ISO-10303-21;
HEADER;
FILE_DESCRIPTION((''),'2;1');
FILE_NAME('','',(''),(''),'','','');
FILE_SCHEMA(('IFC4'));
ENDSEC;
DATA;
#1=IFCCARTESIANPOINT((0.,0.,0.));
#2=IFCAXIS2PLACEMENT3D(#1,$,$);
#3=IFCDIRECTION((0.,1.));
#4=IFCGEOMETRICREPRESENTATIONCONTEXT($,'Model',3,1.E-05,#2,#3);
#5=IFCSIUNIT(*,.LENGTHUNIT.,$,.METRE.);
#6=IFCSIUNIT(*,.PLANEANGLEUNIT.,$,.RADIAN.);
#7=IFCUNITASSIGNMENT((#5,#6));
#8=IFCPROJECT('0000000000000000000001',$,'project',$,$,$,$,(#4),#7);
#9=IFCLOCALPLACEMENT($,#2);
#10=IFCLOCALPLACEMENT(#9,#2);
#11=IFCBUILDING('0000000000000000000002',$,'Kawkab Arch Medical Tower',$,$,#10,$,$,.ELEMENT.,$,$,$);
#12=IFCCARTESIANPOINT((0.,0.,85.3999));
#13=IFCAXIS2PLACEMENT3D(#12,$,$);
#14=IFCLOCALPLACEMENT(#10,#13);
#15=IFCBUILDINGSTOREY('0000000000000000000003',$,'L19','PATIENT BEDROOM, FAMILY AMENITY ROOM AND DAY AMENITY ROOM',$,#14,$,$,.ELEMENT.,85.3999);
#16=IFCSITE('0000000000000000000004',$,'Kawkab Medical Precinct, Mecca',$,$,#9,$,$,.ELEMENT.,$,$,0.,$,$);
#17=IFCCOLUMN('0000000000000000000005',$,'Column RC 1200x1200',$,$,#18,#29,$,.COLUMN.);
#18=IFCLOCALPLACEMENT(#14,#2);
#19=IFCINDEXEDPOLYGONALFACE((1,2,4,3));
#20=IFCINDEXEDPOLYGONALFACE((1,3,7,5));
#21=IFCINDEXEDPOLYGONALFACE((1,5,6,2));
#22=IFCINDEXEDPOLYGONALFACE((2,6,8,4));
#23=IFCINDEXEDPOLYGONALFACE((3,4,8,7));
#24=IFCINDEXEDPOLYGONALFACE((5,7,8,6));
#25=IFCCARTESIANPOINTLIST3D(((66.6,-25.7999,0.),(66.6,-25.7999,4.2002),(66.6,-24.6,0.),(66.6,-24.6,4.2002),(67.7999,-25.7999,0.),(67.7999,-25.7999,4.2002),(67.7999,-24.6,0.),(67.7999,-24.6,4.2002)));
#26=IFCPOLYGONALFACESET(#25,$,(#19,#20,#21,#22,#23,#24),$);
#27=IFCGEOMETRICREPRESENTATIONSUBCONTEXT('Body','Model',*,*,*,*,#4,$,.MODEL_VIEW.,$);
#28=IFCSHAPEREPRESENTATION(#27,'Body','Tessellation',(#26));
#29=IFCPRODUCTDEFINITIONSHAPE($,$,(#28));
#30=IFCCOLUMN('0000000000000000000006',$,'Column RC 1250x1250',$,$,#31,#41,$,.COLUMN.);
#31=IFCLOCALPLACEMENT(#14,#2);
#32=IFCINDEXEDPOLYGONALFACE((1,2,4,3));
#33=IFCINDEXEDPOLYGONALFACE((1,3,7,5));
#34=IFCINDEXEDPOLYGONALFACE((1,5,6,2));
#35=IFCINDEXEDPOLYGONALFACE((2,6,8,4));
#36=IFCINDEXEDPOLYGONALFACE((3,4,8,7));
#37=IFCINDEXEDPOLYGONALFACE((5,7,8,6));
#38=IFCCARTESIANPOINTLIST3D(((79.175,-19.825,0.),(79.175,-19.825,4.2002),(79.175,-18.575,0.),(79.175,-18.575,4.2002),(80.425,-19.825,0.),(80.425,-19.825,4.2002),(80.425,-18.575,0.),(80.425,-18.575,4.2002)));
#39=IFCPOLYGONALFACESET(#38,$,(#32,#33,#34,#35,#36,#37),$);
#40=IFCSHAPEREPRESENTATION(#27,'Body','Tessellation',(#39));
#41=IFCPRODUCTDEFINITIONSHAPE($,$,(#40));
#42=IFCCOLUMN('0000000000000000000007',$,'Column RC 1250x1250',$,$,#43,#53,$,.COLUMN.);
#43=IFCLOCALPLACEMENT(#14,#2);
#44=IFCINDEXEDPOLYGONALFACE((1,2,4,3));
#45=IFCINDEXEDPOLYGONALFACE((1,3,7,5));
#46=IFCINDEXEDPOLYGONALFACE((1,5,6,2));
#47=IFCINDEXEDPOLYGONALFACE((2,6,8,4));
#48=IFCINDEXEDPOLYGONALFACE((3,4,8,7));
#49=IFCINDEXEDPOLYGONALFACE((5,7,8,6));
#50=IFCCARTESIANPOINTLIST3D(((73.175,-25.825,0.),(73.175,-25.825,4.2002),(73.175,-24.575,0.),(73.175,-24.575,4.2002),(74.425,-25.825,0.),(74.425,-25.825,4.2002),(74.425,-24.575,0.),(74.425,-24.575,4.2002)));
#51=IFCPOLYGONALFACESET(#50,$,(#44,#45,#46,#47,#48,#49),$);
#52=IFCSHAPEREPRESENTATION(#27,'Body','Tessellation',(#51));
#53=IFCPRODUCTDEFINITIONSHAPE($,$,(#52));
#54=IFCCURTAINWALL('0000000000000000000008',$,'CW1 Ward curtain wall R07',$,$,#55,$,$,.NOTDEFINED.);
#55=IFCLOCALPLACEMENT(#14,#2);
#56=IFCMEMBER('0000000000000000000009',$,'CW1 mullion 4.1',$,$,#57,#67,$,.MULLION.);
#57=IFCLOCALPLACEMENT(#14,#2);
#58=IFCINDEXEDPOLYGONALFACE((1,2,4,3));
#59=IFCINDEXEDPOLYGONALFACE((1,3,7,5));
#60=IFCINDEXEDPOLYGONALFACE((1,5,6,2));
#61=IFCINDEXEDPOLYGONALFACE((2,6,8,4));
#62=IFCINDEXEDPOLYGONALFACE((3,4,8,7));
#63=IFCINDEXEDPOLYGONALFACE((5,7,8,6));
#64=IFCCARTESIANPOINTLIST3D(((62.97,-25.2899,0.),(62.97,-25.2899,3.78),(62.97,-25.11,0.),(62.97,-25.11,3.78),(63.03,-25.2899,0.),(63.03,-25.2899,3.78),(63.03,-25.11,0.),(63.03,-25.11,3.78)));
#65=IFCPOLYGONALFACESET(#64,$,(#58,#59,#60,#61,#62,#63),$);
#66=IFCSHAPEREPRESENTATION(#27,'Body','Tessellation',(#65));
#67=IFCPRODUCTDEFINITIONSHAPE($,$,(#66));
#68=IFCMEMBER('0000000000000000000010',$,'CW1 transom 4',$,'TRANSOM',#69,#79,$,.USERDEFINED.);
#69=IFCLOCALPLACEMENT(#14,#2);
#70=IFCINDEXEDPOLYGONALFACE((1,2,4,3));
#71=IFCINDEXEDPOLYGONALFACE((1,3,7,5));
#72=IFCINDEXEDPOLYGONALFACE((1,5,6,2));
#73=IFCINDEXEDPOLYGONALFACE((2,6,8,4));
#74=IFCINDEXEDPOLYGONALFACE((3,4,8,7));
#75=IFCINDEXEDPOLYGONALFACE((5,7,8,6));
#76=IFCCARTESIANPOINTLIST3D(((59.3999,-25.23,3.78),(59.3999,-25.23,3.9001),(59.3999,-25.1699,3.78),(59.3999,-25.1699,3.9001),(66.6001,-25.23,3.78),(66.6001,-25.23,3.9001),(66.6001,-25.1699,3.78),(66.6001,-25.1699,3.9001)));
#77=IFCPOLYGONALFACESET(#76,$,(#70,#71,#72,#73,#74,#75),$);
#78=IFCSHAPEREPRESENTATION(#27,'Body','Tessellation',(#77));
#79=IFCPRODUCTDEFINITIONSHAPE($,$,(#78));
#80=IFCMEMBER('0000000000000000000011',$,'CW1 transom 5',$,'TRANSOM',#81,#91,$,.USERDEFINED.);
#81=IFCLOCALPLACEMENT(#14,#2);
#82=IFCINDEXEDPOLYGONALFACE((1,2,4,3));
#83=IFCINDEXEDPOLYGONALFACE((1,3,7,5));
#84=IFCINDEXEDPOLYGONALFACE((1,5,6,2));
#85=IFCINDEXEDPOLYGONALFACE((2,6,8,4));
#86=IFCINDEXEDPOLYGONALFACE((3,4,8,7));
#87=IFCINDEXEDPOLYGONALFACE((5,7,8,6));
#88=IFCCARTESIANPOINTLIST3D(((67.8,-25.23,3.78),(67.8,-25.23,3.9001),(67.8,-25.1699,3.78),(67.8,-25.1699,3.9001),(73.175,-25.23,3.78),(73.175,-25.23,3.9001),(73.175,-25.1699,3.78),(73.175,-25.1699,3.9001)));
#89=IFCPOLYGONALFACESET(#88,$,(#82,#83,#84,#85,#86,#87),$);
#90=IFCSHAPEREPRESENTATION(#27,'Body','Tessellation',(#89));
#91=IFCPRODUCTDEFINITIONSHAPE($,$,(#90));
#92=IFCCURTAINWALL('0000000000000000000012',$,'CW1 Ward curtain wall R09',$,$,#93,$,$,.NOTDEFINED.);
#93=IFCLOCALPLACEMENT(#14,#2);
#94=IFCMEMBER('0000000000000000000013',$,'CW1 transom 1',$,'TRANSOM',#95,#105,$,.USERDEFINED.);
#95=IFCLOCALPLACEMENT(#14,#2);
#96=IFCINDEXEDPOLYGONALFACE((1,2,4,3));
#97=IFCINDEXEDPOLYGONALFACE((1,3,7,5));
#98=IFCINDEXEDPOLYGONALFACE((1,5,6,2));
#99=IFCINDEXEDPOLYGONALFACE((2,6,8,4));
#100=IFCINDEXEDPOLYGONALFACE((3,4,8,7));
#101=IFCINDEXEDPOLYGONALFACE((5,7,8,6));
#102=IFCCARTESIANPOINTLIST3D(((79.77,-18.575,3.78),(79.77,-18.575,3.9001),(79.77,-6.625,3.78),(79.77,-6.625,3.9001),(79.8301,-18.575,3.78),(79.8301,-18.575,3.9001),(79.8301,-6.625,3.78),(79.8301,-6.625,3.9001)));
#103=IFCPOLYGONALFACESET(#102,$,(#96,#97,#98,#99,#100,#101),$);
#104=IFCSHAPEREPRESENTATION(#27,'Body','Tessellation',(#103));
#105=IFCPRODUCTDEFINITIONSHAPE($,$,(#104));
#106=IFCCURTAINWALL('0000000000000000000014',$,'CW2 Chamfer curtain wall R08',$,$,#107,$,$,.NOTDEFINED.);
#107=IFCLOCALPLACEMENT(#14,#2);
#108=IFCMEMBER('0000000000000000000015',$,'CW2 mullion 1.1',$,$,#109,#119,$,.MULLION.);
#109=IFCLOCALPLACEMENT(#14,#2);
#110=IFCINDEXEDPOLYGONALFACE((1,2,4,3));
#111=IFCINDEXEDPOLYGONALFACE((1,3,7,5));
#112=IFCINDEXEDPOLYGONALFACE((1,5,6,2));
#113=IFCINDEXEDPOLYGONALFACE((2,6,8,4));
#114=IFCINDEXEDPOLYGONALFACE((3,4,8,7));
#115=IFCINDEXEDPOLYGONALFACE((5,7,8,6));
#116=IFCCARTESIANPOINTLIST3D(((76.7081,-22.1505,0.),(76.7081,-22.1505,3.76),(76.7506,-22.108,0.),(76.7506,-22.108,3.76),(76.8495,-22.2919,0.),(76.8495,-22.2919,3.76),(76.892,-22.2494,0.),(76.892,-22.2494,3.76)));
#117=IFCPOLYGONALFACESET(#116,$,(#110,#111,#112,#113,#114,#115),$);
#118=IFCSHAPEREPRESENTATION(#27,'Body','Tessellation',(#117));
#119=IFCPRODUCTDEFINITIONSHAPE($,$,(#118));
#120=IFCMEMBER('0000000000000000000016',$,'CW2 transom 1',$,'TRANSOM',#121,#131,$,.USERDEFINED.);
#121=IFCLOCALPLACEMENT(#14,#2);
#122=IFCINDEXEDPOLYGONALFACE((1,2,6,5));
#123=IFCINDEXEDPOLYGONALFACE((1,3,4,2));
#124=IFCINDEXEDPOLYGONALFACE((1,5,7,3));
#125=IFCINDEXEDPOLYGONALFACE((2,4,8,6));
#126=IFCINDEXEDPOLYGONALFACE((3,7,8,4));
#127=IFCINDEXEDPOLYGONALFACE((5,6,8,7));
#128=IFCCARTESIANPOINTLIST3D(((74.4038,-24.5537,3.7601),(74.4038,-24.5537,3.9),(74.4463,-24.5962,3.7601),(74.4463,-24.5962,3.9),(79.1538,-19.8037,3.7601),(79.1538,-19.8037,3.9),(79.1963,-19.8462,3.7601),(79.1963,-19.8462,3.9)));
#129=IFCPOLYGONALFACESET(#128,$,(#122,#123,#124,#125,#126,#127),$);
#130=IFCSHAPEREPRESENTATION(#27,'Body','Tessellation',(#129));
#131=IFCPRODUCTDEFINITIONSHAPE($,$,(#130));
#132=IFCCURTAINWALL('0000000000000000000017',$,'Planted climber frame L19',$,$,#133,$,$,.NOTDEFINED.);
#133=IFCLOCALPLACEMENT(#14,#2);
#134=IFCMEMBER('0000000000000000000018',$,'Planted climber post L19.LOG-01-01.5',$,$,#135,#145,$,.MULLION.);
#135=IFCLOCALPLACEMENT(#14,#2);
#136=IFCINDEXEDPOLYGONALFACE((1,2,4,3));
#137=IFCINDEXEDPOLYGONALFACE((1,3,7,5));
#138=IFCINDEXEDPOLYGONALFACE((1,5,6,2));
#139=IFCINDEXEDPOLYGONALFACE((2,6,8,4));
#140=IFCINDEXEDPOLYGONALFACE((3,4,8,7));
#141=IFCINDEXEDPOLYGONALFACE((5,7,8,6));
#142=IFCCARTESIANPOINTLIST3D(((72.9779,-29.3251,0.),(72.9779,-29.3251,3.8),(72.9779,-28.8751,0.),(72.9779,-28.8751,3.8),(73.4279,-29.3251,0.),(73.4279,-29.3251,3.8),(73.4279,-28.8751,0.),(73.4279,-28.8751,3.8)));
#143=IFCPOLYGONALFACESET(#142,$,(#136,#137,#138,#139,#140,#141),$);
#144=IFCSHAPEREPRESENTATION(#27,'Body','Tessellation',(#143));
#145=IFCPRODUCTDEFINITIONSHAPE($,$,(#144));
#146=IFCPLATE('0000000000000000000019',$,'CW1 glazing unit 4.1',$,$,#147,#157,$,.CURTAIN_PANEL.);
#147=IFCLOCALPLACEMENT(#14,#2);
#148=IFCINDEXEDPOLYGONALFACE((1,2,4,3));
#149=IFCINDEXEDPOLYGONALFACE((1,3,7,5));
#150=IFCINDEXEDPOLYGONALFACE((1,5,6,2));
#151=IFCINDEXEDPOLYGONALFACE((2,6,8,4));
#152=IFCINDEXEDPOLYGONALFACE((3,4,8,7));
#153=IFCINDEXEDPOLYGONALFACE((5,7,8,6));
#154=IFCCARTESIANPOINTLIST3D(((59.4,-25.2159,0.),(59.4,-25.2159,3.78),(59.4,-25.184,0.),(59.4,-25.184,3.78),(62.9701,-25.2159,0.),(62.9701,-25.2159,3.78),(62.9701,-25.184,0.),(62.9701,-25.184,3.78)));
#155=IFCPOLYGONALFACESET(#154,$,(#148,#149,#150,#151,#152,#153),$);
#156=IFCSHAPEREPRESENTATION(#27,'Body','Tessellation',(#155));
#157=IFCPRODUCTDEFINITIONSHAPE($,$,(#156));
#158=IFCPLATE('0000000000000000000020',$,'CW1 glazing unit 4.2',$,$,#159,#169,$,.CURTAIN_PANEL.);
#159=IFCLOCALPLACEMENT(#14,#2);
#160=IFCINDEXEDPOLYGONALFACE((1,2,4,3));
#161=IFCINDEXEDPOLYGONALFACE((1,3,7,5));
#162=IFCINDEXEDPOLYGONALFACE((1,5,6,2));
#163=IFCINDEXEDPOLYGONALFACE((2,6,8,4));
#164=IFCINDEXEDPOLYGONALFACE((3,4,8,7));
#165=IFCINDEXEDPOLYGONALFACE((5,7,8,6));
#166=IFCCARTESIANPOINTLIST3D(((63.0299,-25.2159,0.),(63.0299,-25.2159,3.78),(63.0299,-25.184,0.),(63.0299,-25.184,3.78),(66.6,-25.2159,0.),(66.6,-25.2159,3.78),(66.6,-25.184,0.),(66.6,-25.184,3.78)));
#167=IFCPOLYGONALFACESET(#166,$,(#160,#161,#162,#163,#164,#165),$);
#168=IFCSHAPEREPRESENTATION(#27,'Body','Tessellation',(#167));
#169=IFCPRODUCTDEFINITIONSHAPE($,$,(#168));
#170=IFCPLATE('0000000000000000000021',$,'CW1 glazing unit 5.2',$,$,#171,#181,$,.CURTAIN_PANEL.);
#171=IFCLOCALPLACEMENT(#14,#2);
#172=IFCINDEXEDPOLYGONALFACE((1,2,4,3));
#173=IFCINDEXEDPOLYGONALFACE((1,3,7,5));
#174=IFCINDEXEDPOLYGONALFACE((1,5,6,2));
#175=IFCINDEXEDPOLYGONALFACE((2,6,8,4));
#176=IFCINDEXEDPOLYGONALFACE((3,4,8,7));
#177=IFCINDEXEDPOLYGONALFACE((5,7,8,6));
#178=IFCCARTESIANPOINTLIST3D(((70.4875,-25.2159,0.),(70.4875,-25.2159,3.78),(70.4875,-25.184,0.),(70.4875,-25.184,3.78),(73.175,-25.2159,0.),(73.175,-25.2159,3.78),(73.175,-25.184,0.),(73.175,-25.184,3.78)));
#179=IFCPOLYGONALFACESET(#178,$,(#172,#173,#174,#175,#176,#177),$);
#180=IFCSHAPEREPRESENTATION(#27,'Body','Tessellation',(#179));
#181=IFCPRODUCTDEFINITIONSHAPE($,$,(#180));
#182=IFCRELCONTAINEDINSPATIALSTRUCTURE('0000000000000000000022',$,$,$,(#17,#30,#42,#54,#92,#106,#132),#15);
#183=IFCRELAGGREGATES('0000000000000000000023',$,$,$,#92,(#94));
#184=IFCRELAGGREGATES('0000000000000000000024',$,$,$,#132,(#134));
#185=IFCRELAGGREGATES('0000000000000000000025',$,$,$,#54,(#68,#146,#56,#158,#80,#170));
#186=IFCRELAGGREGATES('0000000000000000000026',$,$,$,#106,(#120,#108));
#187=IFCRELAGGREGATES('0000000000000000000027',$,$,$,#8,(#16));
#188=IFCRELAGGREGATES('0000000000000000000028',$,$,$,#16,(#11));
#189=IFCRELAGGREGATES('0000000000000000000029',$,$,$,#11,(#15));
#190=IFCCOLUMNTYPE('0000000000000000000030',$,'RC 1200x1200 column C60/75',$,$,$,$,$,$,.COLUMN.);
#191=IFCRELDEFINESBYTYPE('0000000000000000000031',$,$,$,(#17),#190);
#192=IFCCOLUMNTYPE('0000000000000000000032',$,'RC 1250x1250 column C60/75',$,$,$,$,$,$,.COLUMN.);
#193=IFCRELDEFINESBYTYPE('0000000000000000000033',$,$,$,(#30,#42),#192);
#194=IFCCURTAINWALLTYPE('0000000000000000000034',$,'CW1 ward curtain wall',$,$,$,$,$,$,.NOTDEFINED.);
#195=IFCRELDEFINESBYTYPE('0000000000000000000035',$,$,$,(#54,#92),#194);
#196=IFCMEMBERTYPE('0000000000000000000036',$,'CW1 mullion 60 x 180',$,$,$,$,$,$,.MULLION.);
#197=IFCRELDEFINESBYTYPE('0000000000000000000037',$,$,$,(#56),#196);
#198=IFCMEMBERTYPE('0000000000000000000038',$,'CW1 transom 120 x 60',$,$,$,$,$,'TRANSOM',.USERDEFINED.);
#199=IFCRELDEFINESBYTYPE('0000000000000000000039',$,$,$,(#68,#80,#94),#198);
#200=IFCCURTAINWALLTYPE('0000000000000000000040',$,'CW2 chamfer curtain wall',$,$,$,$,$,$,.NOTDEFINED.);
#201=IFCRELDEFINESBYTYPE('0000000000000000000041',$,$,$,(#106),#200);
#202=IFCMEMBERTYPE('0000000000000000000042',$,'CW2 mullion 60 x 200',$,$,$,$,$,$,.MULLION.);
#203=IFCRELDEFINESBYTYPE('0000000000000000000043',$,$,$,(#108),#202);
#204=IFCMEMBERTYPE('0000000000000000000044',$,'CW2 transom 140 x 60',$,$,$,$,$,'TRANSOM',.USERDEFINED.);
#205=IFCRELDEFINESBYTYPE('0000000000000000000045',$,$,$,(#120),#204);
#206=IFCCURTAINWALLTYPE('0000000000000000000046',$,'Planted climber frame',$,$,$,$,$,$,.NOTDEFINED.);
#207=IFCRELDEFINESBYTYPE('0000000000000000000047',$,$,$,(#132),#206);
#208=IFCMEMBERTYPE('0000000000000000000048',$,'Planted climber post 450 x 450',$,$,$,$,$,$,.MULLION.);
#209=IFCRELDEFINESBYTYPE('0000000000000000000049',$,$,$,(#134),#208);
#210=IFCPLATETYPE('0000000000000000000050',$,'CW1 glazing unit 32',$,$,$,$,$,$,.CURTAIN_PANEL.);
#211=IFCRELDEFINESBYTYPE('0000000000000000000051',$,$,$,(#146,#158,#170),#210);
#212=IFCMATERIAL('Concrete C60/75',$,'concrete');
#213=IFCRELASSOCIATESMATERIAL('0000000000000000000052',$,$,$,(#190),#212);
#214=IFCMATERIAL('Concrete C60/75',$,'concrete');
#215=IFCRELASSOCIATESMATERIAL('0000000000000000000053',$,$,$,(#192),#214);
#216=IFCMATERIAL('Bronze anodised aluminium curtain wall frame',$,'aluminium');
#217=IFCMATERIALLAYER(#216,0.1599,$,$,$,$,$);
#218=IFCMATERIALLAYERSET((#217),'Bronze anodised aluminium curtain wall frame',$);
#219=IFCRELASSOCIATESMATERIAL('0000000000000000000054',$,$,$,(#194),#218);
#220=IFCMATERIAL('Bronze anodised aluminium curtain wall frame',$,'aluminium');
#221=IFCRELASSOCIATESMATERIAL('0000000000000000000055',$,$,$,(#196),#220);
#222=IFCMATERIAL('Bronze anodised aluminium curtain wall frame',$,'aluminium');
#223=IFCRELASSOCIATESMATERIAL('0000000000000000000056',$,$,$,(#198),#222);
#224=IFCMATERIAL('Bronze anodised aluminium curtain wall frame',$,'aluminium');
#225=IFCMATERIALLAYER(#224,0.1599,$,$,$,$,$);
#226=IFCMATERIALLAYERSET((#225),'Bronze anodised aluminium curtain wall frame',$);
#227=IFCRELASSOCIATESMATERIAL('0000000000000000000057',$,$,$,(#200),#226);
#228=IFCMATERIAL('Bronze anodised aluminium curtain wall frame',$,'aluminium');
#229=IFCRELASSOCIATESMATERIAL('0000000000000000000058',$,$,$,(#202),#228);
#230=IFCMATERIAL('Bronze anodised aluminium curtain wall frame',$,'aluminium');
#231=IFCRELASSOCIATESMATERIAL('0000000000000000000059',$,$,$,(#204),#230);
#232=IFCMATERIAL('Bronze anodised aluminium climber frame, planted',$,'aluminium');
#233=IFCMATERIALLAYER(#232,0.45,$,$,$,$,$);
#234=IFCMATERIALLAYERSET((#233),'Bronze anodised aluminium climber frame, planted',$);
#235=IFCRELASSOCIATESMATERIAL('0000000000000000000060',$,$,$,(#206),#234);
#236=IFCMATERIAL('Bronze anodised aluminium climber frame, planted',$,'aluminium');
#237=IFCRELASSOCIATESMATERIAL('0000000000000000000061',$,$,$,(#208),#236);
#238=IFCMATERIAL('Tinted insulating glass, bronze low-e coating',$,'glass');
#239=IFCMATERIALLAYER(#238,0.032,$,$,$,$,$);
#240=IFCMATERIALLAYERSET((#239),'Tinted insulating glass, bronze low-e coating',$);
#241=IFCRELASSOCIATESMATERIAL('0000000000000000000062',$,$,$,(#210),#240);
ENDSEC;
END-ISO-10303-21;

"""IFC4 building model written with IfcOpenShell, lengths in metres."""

from ifc_helpers import new_model, si_unit, direction, frame, origin, origin_2d, place, context, subcontext, project, spatial, rectangle, extrude, material, layer, layer_set, material_profile, profile_set, type_object, element, aggregate, save


model = new_model("IFC4")

# Units and contexts
model_context = context("Model", 3, precision=1e-05, world=origin(), true_north=direction((0.0, 1.0)))
body_context = subcontext(model_context, "Body", "Model", "MODEL_VIEW")
ifc_project = project(units=[si_unit("LENGTHUNIT", "METRE"), si_unit("PLANEANGLEUNIT", "RADIAN")], contexts=[model_context])

# Site, building, storey
site_placement = place(None, origin())
site = spatial("IfcSite", under=ifc_project, at=site_placement, Name="Kawkab Medical Precinct, Mecca", CompositionType="ELEMENT", RefElevation=0.0)
building_placement = place(site_placement, origin())
building = spatial("IfcBuilding", under=site, at=building_placement, Name="Kawkab Arch Medical Tower", CompositionType="ELEMENT")
storey_placement = place(building_placement, frame((0.0, 0.0, 85.3999)))
storey = spatial("IfcBuildingStorey", under=building, at=storey_placement, Name="L19", Description="PATIENT BEDROOM, FAMILY AMENITY ROOM AND DAY AMENITY ROOM", CompositionType="ELEMENT", Elevation=85.3999)

# Columns
ifc_material_1 = material(Name="Concrete C60/75", Category="concrete")
ifc_material_profile_1 = material_profile(ifc_material_1, rectangle(XDim=1.2, YDim=1.2, at=origin_2d()), Name="RC 1200x1200")
ifc_profile_set_1 = profile_set([ifc_material_profile_1], Name="Concrete C60/75")
column_type_1 = type_object("IfcColumnType", Name="RC 1200x1200 column C60/75", PredefinedType="COLUMN", material=ifc_profile_set_1)
column_placement = place(storey_placement, frame((67.2, -25.2, 0.0), z_axis=(0.0, 0.0, 1.0), x_axis=(1.0, 0.0, 0.0)))
element("IfcColumn", 1, at=column_placement, inside=storey, type_object=column_type_1, Name="Column RC 1200x1200", PredefinedType="COLUMN", context=body_context, shape_type="SweptSolid", body=[
    extrude(rectangle(XDim=1.2, YDim=1.2, at=origin_2d()), origin(), (0.0, 0.0, 1.0), 4.2002),
])
ifc_material_2 = material(Name="Concrete C60/75", Category="concrete")
ifc_material_profile_2 = material_profile(ifc_material_2, rectangle(XDim=1.25, YDim=1.25, at=origin_2d()), Name="RC 1250x1250")
ifc_profile_set_2 = profile_set([ifc_material_profile_2], Name="Concrete C60/75")
column_type_2 = type_object("IfcColumnType", Name="RC 1250x1250 column C60/75", PredefinedType="COLUMN", material=ifc_profile_set_2)
for number, where, z_axis, x_axis, name in (
    (2, (79.8, -19.2, 0.0), (0.0, 0.0, 1.0), (1.0, 0.0, 0.0), "Column RC 1250x1250"),
    (3, (73.8, -25.2, 0.0), (0.0, 0.0, 1.0), (1.0, 0.0, 0.0), "Column RC 1250x1250"),
):
    element("IfcColumn", number, at=place(storey_placement, frame(where, z_axis=z_axis, x_axis=x_axis)), inside=storey, type_object=column_type_2, Name=name, PredefinedType="COLUMN", context=body_context, shape_type="SweptSolid", body=[
        extrude(rectangle(XDim=1.25, YDim=1.25, at=origin_2d()), origin(), (0.0, 0.0, 1.0), 4.2002),
    ])

# Curtain wall, members
ifc_material_3 = material(Name="Bronze anodised aluminium curtain wall frame", Category="aluminium")
ifc_layer_1 = layer(ifc_material_3, 0.1599)
ifc_layer_set_1 = layer_set([ifc_layer_1], Name="Bronze anodised aluminium curtain wall frame")
curtain_wall_type_1 = type_object("IfcCurtainWallType", Name="CW1 ward curtain wall", PredefinedType="NOTDEFINED", material=ifc_layer_set_1)
placement = place(storey_placement, origin())
curtain_wall_1 = element("IfcCurtainWall", 4, at=placement, inside=storey, type_object=curtain_wall_type_1, Name="CW1 Ward curtain wall R07", PredefinedType="NOTDEFINED")
ifc_material_4 = material(Name="Bronze anodised aluminium curtain wall frame", Category="aluminium")
ifc_material_profile_3 = material_profile(ifc_material_4, rectangle(XDim=0.1799, YDim=0.0601, at=origin_2d()), Name="AL 60x180")
ifc_profile_set_3 = profile_set([ifc_material_profile_3], Name="Bronze anodised aluminium curtain wall frame")
member_type_1 = type_object("IfcMemberType", Name="CW1 mullion 60 x 180", PredefinedType="MULLION", material=ifc_profile_set_3)
member_1_placement = place(storey_placement, frame((63.0, -25.2, 0.0), z_axis=(0.0, 0.0, 1.0), x_axis=(0.0, 1.0, 0.0)))
member_1 = element("IfcMember", 5, at=member_1_placement, type_object=member_type_1, Name="CW1 mullion 4.1", PredefinedType="MULLION", context=body_context, shape_type="SweptSolid", body=[
    extrude(rectangle(XDim=0.1799, YDim=0.0601, at=origin_2d()), origin(), (0.0, 0.0, 1.0), 3.78),
])
ifc_material_5 = material(Name="Bronze anodised aluminium curtain wall frame", Category="aluminium")
ifc_material_profile_4 = material_profile(ifc_material_5, rectangle(XDim=0.0601, YDim=0.1201, at=origin_2d()), Name="AL 60x120")
ifc_profile_set_4 = profile_set([ifc_material_profile_4], Name="Bronze anodised aluminium curtain wall frame")
member_type_2 = type_object("IfcMemberType", Name="CW1 transom 120 x 60", ElementType="TRANSOM", PredefinedType="USERDEFINED", material=ifc_profile_set_4)
member_2_placement = place(storey_placement, frame((59.3999, -25.2, 3.8401), z_axis=(1.0, 0.0, 0.0), x_axis=(0.0, 1.0, 0.0)))
member_2 = element("IfcMember", 6, at=member_2_placement, type_object=member_type_2, Name="CW1 transom 4", ObjectType="TRANSOM", PredefinedType="USERDEFINED", context=body_context, shape_type="SweptSolid", body=[
    extrude(rectangle(XDim=0.0601, YDim=0.1201, at=origin_2d()), origin(), (0.0, 0.0, 1.0), 7.2002),
])
member_3_placement = place(storey_placement, frame((67.8, -25.2, 3.8401), z_axis=(1.0, 0.0, 0.0), x_axis=(0.0, 1.0, 0.0)))
member_3 = element("IfcMember", 7, at=member_3_placement, type_object=member_type_2, Name="CW1 transom 5", ObjectType="TRANSOM", PredefinedType="USERDEFINED", context=body_context, shape_type="SweptSolid", body=[
    extrude(rectangle(XDim=0.0601, YDim=0.1201, at=origin_2d()), origin(), (0.0, 0.0, 1.0), 5.375),
])

# Curtain wall, member
curtain_wall_2 = element("IfcCurtainWall", 8, at=placement, inside=storey, type_object=curtain_wall_type_1, Name="CW1 Ward curtain wall R09", PredefinedType="NOTDEFINED")
member_4_placement = place(storey_placement, frame((79.8, -18.575, 3.8401), z_axis=(0.0, 1.0, 0.0), x_axis=(-1.0, 0.0, 0.0)))
member_4 = element("IfcMember", 9, at=member_4_placement, type_object=member_type_2, Name="CW1 transom 1", ObjectType="TRANSOM", PredefinedType="USERDEFINED", context=body_context, shape_type="SweptSolid", body=[
    extrude(rectangle(XDim=0.0601, YDim=0.1201, at=origin_2d()), origin(), (0.0, 0.0, 1.0), 11.95),
])
aggregate(curtain_wall_2, [member_4])

# Curtain wall, members
ifc_material_6 = material(Name="Bronze anodised aluminium curtain wall frame", Category="aluminium")
ifc_layer_2 = layer(ifc_material_6, 0.1599)
ifc_layer_set_2 = layer_set([ifc_layer_2], Name="Bronze anodised aluminium curtain wall frame")
curtain_wall_type_2 = type_object("IfcCurtainWallType", Name="CW2 chamfer curtain wall", PredefinedType="NOTDEFINED", material=ifc_layer_set_2)
curtain_wall_3 = element("IfcCurtainWall", 10, at=placement, inside=storey, type_object=curtain_wall_type_2, Name="CW2 Chamfer curtain wall R08", PredefinedType="NOTDEFINED")
ifc_material_7 = material(Name="Bronze anodised aluminium curtain wall frame", Category="aluminium")
ifc_material_profile_5 = material_profile(ifc_material_7, rectangle(XDim=0.2, YDim=0.0601, at=origin_2d()), Name="AL 60x200")
ifc_profile_set_5 = profile_set([ifc_material_profile_5], Name="Bronze anodised aluminium curtain wall frame")
member_type_3 = type_object("IfcMemberType", Name="CW2 mullion 60 x 200", PredefinedType="MULLION", material=ifc_profile_set_5)
member_5_placement = place(storey_placement, frame((76.8, -22.2, 0.0), z_axis=(0.0, 0.0, 1.0), x_axis=(-0.707107, 0.707107, 0.0)))
member_5 = element("IfcMember", 11, at=member_5_placement, type_object=member_type_3, Name="CW2 mullion 1.1", PredefinedType="MULLION", context=body_context, shape_type="SweptSolid", body=[
    extrude(rectangle(XDim=0.2, YDim=0.0601, at=origin_2d()), origin(), (0.0, 0.0, 1.0), 3.76),
])
ifc_material_8 = material(Name="Bronze anodised aluminium curtain wall frame", Category="aluminium")
ifc_material_profile_6 = material_profile(ifc_material_8, rectangle(XDim=0.0601, YDim=0.1399, at=origin_2d()), Name="AL 60x140")
ifc_profile_set_6 = profile_set([ifc_material_profile_6], Name="Bronze anodised aluminium curtain wall frame")
member_type_4 = type_object("IfcMemberType", Name="CW2 transom 140 x 60", ElementType="TRANSOM", PredefinedType="USERDEFINED", material=ifc_profile_set_6)
member_6_placement = place(storey_placement, frame((74.425, -24.575, 3.8301), z_axis=(0.707107, 0.707107, 0.0), x_axis=(-0.707107, 0.707107, 0.0)))
member_6 = element("IfcMember", 12, at=member_6_placement, type_object=member_type_4, Name="CW2 transom 1", ObjectType="TRANSOM", PredefinedType="USERDEFINED", context=body_context, shape_type="SweptSolid", body=[
    extrude(rectangle(XDim=0.0601, YDim=0.1399, at=origin_2d()), origin(), (0.0, 0.0, 1.0), 6.7175),
])

# Curtain wall, member
ifc_material_9 = material(Name="Bronze anodised aluminium climber frame, planted", Category="aluminium")
ifc_layer_3 = layer(ifc_material_9, 0.45)
ifc_layer_set_3 = layer_set([ifc_layer_3], Name="Bronze anodised aluminium climber frame, planted")
curtain_wall_type_3 = type_object("IfcCurtainWallType", Name="Planted climber frame", PredefinedType="NOTDEFINED", material=ifc_layer_set_3)
curtain_wall_4 = element("IfcCurtainWall", 13, at=placement, inside=storey, type_object=curtain_wall_type_3, Name="Planted climber frame L19", PredefinedType="NOTDEFINED")
ifc_material_10 = material(Name="Bronze anodised aluminium climber frame, planted", Category="aluminium")
ifc_material_profile_7 = material_profile(ifc_material_10, rectangle(XDim=0.45, YDim=0.45, at=origin_2d()), Name="Post 450x450")
ifc_profile_set_7 = profile_set([ifc_material_profile_7], Name="Bronze anodised aluminium climber frame, planted")
member_type_5 = type_object("IfcMemberType", Name="Planted climber post 450 x 450", PredefinedType="MULLION", material=ifc_profile_set_7)
member_7_placement = place(storey_placement, frame((73.2029, -29.1001, 0.0), z_axis=(0.0, 0.0, 1.0), x_axis=(1.0, 0.0, 0.0)))
member_7 = element("IfcMember", 14, at=member_7_placement, type_object=member_type_5, Name="Planted climber post L19.LOG-01-01.5", PredefinedType="MULLION", context=body_context, shape_type="SweptSolid", body=[
    extrude(rectangle(XDim=0.45, YDim=0.45, at=origin_2d()), origin(), (0.0, 0.0, 1.0), 3.8),
])
aggregate(curtain_wall_4, [member_7])

# Plates
ifc_material_11 = material(Name="Tinted insulating glass, bronze low-e coating", Category="glass")
ifc_layer_4 = layer(ifc_material_11, 0.032)
ifc_layer_set_4 = layer_set([ifc_layer_4], Name="Tinted insulating glass, bronze low-e coating")
plate_type_1 = type_object("IfcPlateType", Name="CW1 glazing unit 32", PredefinedType="CURTAIN_PANEL", material=ifc_layer_set_4)
plate_1_placement = place(storey_placement, frame((61.1851, -25.2, 0.0), z_axis=(0.0, 0.0, 1.0), x_axis=(1.0, 0.0, 0.0)))
plate_1 = element("IfcPlate", 15, at=plate_1_placement, type_object=plate_type_1, Name="CW1 glazing unit 4.1", PredefinedType="CURTAIN_PANEL", context=body_context, shape_type="SweptSolid", body=[
    extrude(rectangle(XDim=3.5701, YDim=0.032, at=origin_2d()), origin(), (0.0, 0.0, 1.0), 3.78),
])
plate_2_placement = place(storey_placement, frame((64.8149, -25.2, 0.0), z_axis=(0.0, 0.0, 1.0), x_axis=(1.0, 0.0, 0.0)))
plate_2 = element("IfcPlate", 16, at=plate_2_placement, type_object=plate_type_1, Name="CW1 glazing unit 4.2", PredefinedType="CURTAIN_PANEL", context=body_context, shape_type="SweptSolid", body=[
    extrude(rectangle(XDim=3.5701, YDim=0.032, at=origin_2d()), origin(), (0.0, 0.0, 1.0), 3.78),
])
plate_3_placement = place(storey_placement, frame((71.8313, -25.2, 0.0), z_axis=(0.0, 0.0, 1.0), x_axis=(1.0, 0.0, 0.0)))
plate_3 = element("IfcPlate", 17, at=plate_3_placement, type_object=plate_type_1, Name="CW1 glazing unit 5.2", PredefinedType="CURTAIN_PANEL", context=body_context, shape_type="SweptSolid", body=[
    extrude(rectangle(XDim=2.6875, YDim=0.032, at=origin_2d()), origin(), (0.0, 0.0, 1.0), 3.78),
])
aggregate(curtain_wall_1, [member_2, plate_1, member_1, plate_2, member_3, plate_3])
aggregate(curtain_wall_3, [member_6, member_5])

save(model, "model.ifc")
